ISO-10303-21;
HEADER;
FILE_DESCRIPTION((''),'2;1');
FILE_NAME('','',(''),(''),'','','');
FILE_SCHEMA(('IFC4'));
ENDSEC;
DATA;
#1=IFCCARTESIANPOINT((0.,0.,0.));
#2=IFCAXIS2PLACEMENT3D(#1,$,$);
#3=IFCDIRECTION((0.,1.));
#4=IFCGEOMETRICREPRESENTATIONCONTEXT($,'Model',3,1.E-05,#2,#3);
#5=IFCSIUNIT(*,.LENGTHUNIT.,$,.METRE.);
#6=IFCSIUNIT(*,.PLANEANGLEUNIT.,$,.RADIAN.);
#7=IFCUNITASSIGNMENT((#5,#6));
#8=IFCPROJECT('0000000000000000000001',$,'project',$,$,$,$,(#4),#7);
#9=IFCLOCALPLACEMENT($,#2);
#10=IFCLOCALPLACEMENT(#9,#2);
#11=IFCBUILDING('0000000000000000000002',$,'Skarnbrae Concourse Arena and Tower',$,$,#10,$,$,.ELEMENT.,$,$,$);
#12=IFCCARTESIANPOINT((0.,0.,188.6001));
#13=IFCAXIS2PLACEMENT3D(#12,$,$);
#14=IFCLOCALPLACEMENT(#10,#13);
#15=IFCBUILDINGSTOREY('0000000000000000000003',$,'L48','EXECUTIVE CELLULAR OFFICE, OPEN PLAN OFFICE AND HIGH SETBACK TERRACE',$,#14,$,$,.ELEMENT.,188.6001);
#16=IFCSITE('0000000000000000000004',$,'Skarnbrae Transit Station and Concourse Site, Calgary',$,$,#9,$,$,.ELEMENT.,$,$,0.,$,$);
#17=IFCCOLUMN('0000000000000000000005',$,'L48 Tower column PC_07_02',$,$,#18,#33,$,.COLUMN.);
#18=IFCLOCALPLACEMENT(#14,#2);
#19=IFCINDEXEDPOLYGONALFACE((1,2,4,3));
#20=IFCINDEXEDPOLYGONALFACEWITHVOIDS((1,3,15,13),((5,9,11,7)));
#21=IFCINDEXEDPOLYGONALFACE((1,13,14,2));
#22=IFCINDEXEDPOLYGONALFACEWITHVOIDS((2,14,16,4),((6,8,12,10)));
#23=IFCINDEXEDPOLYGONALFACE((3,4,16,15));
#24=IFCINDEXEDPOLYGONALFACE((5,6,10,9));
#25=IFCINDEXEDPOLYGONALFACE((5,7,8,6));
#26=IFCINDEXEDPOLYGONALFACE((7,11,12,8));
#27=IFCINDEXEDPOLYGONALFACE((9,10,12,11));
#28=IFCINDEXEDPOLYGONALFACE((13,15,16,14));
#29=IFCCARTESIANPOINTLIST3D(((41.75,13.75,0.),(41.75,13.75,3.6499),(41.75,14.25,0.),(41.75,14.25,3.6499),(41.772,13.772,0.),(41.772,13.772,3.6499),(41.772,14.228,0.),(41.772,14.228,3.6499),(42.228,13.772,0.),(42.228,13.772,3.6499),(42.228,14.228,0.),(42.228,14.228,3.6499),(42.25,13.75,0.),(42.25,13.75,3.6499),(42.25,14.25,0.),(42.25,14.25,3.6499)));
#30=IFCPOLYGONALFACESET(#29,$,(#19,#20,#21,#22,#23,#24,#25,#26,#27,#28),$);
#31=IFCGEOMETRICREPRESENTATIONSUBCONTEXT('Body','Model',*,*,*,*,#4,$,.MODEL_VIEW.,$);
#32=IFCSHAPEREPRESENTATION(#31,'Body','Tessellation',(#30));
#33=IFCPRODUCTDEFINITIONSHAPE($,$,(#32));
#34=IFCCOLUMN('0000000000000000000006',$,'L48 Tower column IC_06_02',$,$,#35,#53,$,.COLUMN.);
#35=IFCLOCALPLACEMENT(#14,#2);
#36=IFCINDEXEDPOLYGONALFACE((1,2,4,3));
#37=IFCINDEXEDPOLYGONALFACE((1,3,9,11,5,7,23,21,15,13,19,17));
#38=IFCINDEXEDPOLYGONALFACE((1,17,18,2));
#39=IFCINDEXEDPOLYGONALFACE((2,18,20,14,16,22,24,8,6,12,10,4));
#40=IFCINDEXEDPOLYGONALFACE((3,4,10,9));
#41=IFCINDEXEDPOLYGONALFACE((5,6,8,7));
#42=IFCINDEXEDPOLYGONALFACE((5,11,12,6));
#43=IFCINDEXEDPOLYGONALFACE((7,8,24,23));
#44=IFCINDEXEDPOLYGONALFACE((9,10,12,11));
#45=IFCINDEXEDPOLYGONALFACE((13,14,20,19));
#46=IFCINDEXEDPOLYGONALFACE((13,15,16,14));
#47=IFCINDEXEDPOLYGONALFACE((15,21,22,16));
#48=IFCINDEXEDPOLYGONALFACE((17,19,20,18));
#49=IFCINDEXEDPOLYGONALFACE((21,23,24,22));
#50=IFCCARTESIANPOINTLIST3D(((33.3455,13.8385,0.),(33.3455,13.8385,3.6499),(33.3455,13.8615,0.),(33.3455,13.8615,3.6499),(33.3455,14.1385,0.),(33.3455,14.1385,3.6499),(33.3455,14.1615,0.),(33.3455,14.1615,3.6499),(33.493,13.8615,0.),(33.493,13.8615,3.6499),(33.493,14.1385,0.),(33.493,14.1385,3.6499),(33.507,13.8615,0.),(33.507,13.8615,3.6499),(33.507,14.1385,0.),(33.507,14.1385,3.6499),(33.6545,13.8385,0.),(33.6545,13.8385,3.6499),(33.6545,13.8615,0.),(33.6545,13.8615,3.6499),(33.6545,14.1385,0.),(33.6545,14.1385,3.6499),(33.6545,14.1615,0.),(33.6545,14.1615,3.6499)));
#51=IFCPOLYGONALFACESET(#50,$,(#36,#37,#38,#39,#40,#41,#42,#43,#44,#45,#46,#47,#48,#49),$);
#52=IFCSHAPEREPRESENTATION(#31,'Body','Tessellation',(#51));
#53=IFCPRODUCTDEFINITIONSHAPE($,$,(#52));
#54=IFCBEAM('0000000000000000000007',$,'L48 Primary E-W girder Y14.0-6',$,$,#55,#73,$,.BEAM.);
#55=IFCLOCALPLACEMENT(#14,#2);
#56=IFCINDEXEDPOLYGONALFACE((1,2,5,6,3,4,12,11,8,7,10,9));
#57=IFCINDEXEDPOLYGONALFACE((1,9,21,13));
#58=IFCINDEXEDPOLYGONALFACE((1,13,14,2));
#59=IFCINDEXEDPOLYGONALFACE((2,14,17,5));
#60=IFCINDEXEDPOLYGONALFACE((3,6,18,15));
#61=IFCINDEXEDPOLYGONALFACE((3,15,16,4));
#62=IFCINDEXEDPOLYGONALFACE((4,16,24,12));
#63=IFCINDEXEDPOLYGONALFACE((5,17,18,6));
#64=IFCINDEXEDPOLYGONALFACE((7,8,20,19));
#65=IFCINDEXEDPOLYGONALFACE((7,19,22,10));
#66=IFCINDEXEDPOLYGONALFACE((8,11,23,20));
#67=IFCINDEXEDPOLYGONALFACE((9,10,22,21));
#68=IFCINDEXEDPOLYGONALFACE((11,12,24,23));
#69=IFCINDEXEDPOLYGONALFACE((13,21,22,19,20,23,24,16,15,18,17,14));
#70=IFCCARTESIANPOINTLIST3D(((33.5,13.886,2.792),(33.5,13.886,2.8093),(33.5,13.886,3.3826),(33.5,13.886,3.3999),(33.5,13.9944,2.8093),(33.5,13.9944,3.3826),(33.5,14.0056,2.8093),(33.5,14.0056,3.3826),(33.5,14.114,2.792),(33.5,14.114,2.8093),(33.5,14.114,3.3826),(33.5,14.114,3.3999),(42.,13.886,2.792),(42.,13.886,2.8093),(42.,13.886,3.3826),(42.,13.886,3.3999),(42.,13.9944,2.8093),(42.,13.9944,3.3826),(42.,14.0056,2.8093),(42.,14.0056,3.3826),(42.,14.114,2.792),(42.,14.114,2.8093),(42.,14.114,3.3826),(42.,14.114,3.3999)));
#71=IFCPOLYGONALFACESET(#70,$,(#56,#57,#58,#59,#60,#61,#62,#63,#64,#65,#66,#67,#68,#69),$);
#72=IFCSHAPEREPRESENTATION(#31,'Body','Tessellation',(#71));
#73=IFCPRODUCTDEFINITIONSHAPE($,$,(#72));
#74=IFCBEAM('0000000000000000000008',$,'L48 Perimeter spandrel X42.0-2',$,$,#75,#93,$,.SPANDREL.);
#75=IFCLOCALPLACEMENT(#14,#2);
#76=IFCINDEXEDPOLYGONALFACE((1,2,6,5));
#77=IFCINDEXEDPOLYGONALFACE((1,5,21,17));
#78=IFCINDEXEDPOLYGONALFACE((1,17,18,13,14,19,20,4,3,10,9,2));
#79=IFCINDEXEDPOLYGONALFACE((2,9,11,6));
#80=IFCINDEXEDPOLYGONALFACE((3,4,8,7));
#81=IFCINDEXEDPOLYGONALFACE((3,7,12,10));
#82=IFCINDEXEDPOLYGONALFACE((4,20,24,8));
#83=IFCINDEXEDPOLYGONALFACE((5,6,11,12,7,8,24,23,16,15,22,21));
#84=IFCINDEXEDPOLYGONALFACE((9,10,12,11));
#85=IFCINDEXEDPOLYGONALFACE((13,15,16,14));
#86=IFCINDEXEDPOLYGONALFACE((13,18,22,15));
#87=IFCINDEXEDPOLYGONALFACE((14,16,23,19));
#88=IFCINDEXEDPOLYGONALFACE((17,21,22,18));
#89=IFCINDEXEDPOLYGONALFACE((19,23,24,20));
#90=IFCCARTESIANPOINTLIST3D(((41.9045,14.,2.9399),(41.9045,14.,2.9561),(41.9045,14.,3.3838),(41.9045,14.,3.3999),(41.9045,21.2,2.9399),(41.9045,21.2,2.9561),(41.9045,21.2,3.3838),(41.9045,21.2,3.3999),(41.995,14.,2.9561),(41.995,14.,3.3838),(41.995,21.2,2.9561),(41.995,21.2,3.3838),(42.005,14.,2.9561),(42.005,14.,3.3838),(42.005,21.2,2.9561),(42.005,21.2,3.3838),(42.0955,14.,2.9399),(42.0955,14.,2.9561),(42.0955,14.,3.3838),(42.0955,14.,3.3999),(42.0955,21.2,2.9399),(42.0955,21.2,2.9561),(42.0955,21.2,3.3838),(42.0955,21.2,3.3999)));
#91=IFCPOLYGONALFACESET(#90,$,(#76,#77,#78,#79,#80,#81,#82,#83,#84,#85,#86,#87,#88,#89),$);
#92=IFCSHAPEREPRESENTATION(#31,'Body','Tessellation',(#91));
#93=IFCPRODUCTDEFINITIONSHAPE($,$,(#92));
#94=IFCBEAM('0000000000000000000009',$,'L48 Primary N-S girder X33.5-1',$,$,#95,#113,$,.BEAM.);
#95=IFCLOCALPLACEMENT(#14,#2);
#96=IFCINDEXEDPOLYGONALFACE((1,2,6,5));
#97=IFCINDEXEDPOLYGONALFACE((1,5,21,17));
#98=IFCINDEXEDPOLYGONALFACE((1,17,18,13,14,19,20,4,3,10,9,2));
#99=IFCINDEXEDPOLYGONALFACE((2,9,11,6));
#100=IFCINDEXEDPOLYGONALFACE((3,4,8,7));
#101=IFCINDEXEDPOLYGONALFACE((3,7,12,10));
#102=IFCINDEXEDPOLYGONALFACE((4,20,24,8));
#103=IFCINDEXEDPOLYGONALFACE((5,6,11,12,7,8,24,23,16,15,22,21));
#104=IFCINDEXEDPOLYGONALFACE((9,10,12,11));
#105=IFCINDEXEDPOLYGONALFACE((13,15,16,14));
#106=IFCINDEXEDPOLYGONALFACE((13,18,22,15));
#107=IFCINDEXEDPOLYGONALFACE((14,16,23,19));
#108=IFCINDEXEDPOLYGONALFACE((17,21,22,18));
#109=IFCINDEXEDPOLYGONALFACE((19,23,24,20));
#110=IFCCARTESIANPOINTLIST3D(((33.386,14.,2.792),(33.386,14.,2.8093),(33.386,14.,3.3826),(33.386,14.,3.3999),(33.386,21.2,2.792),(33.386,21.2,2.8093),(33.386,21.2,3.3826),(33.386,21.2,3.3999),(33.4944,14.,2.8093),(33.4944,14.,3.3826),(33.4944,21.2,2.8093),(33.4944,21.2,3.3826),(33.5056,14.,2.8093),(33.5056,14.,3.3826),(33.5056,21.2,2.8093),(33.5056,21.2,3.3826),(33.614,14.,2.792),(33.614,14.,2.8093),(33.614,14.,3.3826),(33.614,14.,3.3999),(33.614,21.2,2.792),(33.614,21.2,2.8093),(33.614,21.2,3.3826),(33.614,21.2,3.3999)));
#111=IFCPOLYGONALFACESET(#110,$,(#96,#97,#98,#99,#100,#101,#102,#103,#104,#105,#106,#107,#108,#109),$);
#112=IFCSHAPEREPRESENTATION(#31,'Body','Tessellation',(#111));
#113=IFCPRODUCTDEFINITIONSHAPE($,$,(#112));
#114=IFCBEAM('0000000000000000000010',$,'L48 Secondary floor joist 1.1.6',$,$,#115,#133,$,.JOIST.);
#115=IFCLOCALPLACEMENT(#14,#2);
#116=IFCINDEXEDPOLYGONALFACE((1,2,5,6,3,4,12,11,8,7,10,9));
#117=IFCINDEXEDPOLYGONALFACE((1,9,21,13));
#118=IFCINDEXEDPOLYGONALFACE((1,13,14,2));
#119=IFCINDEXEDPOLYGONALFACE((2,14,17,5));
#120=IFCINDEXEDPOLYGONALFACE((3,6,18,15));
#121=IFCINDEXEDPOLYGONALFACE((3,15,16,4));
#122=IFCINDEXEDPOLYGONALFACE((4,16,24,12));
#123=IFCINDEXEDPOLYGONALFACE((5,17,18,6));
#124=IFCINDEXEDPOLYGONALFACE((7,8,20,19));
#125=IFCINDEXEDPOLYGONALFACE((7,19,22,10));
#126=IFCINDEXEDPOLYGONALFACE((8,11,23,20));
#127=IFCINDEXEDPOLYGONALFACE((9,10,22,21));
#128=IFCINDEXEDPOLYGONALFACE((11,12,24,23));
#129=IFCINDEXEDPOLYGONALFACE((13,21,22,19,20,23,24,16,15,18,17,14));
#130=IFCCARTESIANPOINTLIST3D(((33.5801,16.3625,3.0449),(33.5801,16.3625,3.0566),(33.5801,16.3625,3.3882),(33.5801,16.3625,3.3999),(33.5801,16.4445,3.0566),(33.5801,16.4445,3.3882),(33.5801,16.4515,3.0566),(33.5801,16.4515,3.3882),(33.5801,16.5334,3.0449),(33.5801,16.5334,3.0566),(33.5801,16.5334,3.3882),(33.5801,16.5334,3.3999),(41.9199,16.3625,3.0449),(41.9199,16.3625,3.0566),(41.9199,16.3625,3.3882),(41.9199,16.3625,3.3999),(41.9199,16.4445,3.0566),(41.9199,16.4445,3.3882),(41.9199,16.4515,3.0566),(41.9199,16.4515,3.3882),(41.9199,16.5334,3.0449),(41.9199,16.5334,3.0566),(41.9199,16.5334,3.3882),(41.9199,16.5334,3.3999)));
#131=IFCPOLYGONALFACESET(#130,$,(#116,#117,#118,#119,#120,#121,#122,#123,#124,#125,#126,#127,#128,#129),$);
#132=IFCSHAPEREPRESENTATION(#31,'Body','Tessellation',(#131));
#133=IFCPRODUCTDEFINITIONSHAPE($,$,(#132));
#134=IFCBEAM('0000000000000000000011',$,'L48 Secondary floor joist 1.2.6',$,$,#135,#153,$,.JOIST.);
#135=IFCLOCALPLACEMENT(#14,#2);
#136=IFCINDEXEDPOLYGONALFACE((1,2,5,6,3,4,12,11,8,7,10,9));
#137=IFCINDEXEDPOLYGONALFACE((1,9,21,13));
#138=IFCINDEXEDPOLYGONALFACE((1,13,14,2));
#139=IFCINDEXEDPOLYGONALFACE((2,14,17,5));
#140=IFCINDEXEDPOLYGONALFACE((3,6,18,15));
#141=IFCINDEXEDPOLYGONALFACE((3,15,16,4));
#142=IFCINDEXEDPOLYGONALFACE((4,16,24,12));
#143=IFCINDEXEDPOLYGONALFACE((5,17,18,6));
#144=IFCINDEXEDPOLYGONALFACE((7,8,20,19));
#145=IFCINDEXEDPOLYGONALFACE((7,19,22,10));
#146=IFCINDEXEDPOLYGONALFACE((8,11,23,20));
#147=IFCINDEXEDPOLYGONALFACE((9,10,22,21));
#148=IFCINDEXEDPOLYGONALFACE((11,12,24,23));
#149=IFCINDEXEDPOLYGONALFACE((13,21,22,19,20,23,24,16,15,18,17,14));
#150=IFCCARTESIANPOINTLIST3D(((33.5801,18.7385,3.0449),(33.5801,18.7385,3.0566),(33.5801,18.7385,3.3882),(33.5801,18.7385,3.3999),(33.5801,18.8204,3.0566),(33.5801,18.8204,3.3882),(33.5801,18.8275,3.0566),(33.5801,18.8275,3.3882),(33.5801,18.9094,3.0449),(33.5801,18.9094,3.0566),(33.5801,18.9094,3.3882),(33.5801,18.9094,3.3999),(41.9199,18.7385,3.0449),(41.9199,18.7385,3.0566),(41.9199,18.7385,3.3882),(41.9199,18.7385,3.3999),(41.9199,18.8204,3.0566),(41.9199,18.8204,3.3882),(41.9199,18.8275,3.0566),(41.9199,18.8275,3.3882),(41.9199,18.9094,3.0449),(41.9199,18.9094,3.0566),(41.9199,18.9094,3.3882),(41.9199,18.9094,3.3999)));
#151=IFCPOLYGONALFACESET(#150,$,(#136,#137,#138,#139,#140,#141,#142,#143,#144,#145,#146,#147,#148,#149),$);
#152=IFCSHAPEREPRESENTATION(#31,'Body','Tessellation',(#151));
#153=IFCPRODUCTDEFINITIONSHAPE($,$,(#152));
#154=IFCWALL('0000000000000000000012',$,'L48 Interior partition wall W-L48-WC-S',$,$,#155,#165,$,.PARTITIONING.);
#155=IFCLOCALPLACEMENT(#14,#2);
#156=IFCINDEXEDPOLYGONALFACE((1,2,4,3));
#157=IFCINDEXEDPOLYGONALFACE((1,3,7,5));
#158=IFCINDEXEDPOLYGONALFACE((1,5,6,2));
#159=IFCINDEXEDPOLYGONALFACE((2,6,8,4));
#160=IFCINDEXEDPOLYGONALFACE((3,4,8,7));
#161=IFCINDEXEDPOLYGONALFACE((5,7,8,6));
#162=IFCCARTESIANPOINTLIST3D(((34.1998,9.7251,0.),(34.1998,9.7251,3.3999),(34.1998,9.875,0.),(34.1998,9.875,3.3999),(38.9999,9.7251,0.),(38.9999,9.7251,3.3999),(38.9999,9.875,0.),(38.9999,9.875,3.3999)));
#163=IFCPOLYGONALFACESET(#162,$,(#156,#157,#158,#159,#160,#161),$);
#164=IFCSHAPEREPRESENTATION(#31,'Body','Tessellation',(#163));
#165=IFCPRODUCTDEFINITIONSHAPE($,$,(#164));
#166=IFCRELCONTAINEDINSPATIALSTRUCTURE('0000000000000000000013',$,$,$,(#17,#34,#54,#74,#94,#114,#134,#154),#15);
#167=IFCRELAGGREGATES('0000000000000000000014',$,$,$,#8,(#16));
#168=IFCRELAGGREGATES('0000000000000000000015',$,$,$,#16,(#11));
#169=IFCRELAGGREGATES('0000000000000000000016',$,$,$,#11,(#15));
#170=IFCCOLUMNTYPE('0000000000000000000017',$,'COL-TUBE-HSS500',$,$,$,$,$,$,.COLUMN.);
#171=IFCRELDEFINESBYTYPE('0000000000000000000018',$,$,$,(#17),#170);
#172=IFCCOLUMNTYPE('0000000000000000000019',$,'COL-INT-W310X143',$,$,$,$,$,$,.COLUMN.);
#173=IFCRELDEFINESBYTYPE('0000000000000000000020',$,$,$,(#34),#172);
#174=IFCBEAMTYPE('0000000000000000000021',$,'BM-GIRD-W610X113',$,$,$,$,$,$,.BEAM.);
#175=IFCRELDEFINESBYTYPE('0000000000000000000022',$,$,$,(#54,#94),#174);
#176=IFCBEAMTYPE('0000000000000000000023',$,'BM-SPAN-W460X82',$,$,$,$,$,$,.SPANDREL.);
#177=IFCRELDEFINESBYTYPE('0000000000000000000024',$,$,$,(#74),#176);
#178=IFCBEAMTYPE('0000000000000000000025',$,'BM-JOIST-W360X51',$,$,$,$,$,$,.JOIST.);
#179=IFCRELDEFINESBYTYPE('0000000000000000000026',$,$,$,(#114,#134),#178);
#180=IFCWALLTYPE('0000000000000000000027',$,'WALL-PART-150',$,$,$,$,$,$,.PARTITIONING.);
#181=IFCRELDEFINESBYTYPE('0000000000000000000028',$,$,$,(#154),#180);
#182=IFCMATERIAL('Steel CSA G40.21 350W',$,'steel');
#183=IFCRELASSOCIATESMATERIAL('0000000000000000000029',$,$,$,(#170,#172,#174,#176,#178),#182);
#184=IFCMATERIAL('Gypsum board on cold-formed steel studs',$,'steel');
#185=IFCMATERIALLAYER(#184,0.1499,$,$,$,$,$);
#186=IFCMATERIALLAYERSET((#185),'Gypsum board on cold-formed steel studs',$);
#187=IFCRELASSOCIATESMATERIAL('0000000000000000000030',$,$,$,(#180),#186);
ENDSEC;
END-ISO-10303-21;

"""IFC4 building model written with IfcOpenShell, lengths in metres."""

from ifc_helpers import new_model, si_unit, direction, frame, frame_2d, origin, origin_2d, place, context, subcontext, project, spatial, rectangle, hollow_rectangle, i_section, extrude, source, transform, mapped, material, layer, layer_set, material_profile, profile_set, type_object, element, save


model = new_model("IFC4")

# Units and contexts
model_context = context("Model", 3, precision=1e-05, world=origin(), true_north=direction((0.0, 1.0)))
body_context = subcontext(model_context, "Body", "Model", "MODEL_VIEW")
ifc_project = project(units=[si_unit("LENGTHUNIT", "METRE"), si_unit("PLANEANGLEUNIT", "RADIAN")], contexts=[model_context])

# Site, building, storey
site_placement = place(None, origin())
site = spatial("IfcSite", under=ifc_project, at=site_placement, Name="Skarnbrae Transit Station and Concourse Site, Calgary", CompositionType="ELEMENT", RefElevation=0.0)
building_placement = place(site_placement, origin())
building = spatial("IfcBuilding", under=site, at=building_placement, Name="Skarnbrae Concourse Arena and Tower", CompositionType="ELEMENT")
storey_placement = place(building_placement, frame((0.0, 0.0, 188.6001)))
storey = spatial("IfcBuildingStorey", under=building, at=storey_placement, Name="L48", Description="EXECUTIVE CELLULAR OFFICE, OPEN PLAN OFFICE AND HIGH SETBACK TERRACE", CompositionType="ELEMENT", Elevation=188.6001)

# Columns
ifc_material_1 = material(Name="Steel CSA G40.21 350W", Category="steel")
ifc_material_profile_1 = material_profile(ifc_material_1, hollow_rectangle(XDim=0.5, YDim=0.5, WallThickness=0.022, at=origin_2d()), Name="HSS500X500X22.0")
ifc_profile_set_1 = profile_set([ifc_material_profile_1], Name="Steel CSA G40.21 350W")
column_type_1 = type_object("IfcColumnType", Name="COL-TUBE-HSS500", PredefinedType="COLUMN", material=ifc_profile_set_1)
shared_shape_1 = source(origin(), body_context, "Body", "SweptSolid", [
    extrude(hollow_rectangle(XDim=0.5, YDim=0.5, WallThickness=0.022, at=origin_2d()), origin(), (0.0, 0.0, 1.0), 3.6499),
])
column_1_placement = place(storey_placement, frame((42.0, 14.0, 0.0), z_axis=(0.0, 0.0, 1.0), x_axis=(1.0, 0.0, 0.0)))
element("IfcColumn", 1, at=column_1_placement, inside=storey, type_object=column_type_1, Name="L48 Tower column PC_07_02", PredefinedType="COLUMN", context=body_context, shape_type="MappedRepresentation", body=[
    mapped(shared_shape_1, transform((0.0, 0.0, 0.0))),
])
ifc_material_profile_2 = material_profile(ifc_material_1, i_section(OverallWidth=0.3091, OverallDepth=0.323, WebThickness=0.0139, FlangeThickness=0.0229, at=origin_2d()), Name="W310X143")
ifc_profile_set_2 = profile_set([ifc_material_profile_2], Name="Steel CSA G40.21 350W")
column_type_2 = type_object("IfcColumnType", Name="COL-INT-W310X143", PredefinedType="COLUMN", material=ifc_profile_set_2)
shared_shape_2 = source(origin(), body_context, "Body", "SweptSolid", [
    extrude(i_section(OverallWidth=0.3091, OverallDepth=0.323, WebThickness=0.0139, FlangeThickness=0.0229, at=origin_2d()), origin(), (0.0, 0.0, 1.0), 3.6499),
])
column_2_placement = place(storey_placement, frame((33.5, 14.0, 0.0), z_axis=(0.0, 0.0, 1.0), x_axis=(1.0, 0.0, 0.0)))
element("IfcColumn", 2, at=column_2_placement, inside=storey, type_object=column_type_2, Name="L48 Tower column IC_06_02", PredefinedType="COLUMN", context=body_context, shape_type="MappedRepresentation", body=[
    mapped(shared_shape_2, transform((0.0, 0.0, 0.0))),
])

# Beams
ifc_material_profile_3 = material_profile(ifc_material_1, i_section(OverallWidth=0.228, OverallDepth=0.6079, WebThickness=0.0112, FlangeThickness=0.0173, at=origin_2d()), Name="W610X113")
ifc_profile_set_3 = profile_set([ifc_material_profile_3], Name="Steel CSA G40.21 350W")
beam_type_1 = type_object("IfcBeamType", Name="BM-GIRD-W610X113", PredefinedType="BEAM", material=ifc_profile_set_3)
shared_shape_3 = source(origin(), body_context, "Body", "SweptSolid", [
    extrude(i_section(OverallWidth=0.228, OverallDepth=0.6079, WebThickness=0.0112, FlangeThickness=0.0173, at=origin_2d()), origin(), (0.0, 0.0, 1.0), 8.5),
])
beam_1_placement = place(storey_placement, frame((33.5, 14.0, 3.0959), z_axis=(1.0, 0.0, 0.0), x_axis=(0.0, 1.0, 0.0)))
element("IfcBeam", 3, at=beam_1_placement, inside=storey, type_object=beam_type_1, Name="L48 Primary E-W girder Y14.0-6", PredefinedType="BEAM", context=body_context, shape_type="MappedRepresentation", body=[
    mapped(shared_shape_3, transform((0.0, 0.0, 0.0))),
])
ifc_material_profile_4 = material_profile(ifc_material_1, i_section(OverallWidth=0.1909, OverallDepth=0.46, WebThickness=0.01, FlangeThickness=0.0161, at=origin_2d()), Name="W460X82")
ifc_profile_set_4 = profile_set([ifc_material_profile_4], Name="Steel CSA G40.21 350W")
beam_type_2 = type_object("IfcBeamType", Name="BM-SPAN-W460X82", PredefinedType="SPANDREL", material=ifc_profile_set_4)
shared_shape_4 = source(origin(), body_context, "Body", "SweptSolid", [
    extrude(i_section(OverallWidth=0.1909, OverallDepth=0.46, WebThickness=0.01, FlangeThickness=0.0161, at=origin_2d()), origin(), (0.0, 0.0, 1.0), 7.2),
])
beam_2_placement = place(storey_placement, frame((42.0, 14.0, 3.1699), z_axis=(0.0, 1.0, 0.0), x_axis=(-1.0, 0.0, 0.0)))
element("IfcBeam", 4, at=beam_2_placement, inside=storey, type_object=beam_type_2, Name="L48 Perimeter spandrel X42.0-2", PredefinedType="SPANDREL", context=body_context, shape_type="MappedRepresentation", body=[
    mapped(shared_shape_4, transform((0.0, 0.0, 0.0))),
])
shared_shape_5 = source(origin(), body_context, "Body", "SweptSolid", [
    extrude(i_section(OverallWidth=0.228, OverallDepth=0.6079, WebThickness=0.0112, FlangeThickness=0.0173, at=origin_2d()), origin(), (0.0, 0.0, 1.0), 7.2),
])
beam_3_placement = place(storey_placement, frame((33.5, 14.0, 3.0959), z_axis=(0.0, 1.0, 0.0), x_axis=(-1.0, 0.0, 0.0)))
element("IfcBeam", 5, at=beam_3_placement, inside=storey, type_object=beam_type_1, Name="L48 Primary N-S girder X33.5-1", PredefinedType="BEAM", context=body_context, shape_type="MappedRepresentation", body=[
    mapped(shared_shape_5, transform((0.0, 0.0, 0.0))),
])
ifc_material_profile_5 = material_profile(ifc_material_1, i_section(OverallWidth=0.1709, OverallDepth=0.355, WebThickness=0.0071, FlangeThickness=0.0117, at=origin_2d()), Name="W360X51")
ifc_profile_set_5 = profile_set([ifc_material_profile_5], Name="Steel CSA G40.21 350W")
beam_type_3 = type_object("IfcBeamType", Name="BM-JOIST-W360X51", PredefinedType="JOIST", material=ifc_profile_set_5)
shared_shape_6 = source(origin(), body_context, "Body", "SweptSolid", [
    extrude(i_section(OverallWidth=0.1709, OverallDepth=0.355, WebThickness=0.0071, FlangeThickness=0.0117, at=origin_2d()), origin(), (0.0, 0.0, 1.0), 8.3398),
])
for number, where, z_axis, x_axis, name in (
    (6, (33.5801, 16.448, 3.2224), (1.0, 0.0, 0.0), (0.0, 1.0, 0.0), "L48 Secondary floor joist 1.1.6"),
    (7, (33.5801, 18.824, 3.2224), (1.0, 0.0, 0.0), (0.0, 1.0, 0.0), "L48 Secondary floor joist 1.2.6"),
):
    element("IfcBeam", number, at=place(storey_placement, frame(where, z_axis=z_axis, x_axis=x_axis)), inside=storey, type_object=beam_type_3, Name=name, PredefinedType="JOIST", context=body_context, shape_type="MappedRepresentation", body=[
        mapped(shared_shape_6, transform((0.0, 0.0, 0.0))),
    ])

# Wall
ifc_material_2 = material(Name="Gypsum board on cold-formed steel studs", Category="steel")
ifc_layer_1 = layer(ifc_material_2, 0.1499)
ifc_layer_set_1 = layer_set([ifc_layer_1], Name="Gypsum board on cold-formed steel studs")
wall_type_1 = type_object("IfcWallType", Name="WALL-PART-150", PredefinedType="PARTITIONING", material=ifc_layer_set_1)
shared_shape_7 = source(origin(), body_context, "Body", "SweptSolid", [
    extrude(rectangle(XDim=4.8, YDim=0.1499, at=frame_2d((2.3999, 0.0))), origin(), (0.0, 0.0, 1.0), 3.3999),
])
wall_1_placement = place(storey_placement, frame((34.2, 9.8, 0.0), z_axis=(0.0, 0.0, 1.0), x_axis=(1.0, 0.0, 0.0)))
element("IfcWall", 8, at=wall_1_placement, inside=storey, type_object=wall_type_1, Name="L48 Interior partition wall W-L48-WC-S", PredefinedType="PARTITIONING", context=body_context, shape_type="MappedRepresentation", body=[
    mapped(shared_shape_7, transform((0.0, 0.0, 0.0))),
])

save(model, "model.ifc")
